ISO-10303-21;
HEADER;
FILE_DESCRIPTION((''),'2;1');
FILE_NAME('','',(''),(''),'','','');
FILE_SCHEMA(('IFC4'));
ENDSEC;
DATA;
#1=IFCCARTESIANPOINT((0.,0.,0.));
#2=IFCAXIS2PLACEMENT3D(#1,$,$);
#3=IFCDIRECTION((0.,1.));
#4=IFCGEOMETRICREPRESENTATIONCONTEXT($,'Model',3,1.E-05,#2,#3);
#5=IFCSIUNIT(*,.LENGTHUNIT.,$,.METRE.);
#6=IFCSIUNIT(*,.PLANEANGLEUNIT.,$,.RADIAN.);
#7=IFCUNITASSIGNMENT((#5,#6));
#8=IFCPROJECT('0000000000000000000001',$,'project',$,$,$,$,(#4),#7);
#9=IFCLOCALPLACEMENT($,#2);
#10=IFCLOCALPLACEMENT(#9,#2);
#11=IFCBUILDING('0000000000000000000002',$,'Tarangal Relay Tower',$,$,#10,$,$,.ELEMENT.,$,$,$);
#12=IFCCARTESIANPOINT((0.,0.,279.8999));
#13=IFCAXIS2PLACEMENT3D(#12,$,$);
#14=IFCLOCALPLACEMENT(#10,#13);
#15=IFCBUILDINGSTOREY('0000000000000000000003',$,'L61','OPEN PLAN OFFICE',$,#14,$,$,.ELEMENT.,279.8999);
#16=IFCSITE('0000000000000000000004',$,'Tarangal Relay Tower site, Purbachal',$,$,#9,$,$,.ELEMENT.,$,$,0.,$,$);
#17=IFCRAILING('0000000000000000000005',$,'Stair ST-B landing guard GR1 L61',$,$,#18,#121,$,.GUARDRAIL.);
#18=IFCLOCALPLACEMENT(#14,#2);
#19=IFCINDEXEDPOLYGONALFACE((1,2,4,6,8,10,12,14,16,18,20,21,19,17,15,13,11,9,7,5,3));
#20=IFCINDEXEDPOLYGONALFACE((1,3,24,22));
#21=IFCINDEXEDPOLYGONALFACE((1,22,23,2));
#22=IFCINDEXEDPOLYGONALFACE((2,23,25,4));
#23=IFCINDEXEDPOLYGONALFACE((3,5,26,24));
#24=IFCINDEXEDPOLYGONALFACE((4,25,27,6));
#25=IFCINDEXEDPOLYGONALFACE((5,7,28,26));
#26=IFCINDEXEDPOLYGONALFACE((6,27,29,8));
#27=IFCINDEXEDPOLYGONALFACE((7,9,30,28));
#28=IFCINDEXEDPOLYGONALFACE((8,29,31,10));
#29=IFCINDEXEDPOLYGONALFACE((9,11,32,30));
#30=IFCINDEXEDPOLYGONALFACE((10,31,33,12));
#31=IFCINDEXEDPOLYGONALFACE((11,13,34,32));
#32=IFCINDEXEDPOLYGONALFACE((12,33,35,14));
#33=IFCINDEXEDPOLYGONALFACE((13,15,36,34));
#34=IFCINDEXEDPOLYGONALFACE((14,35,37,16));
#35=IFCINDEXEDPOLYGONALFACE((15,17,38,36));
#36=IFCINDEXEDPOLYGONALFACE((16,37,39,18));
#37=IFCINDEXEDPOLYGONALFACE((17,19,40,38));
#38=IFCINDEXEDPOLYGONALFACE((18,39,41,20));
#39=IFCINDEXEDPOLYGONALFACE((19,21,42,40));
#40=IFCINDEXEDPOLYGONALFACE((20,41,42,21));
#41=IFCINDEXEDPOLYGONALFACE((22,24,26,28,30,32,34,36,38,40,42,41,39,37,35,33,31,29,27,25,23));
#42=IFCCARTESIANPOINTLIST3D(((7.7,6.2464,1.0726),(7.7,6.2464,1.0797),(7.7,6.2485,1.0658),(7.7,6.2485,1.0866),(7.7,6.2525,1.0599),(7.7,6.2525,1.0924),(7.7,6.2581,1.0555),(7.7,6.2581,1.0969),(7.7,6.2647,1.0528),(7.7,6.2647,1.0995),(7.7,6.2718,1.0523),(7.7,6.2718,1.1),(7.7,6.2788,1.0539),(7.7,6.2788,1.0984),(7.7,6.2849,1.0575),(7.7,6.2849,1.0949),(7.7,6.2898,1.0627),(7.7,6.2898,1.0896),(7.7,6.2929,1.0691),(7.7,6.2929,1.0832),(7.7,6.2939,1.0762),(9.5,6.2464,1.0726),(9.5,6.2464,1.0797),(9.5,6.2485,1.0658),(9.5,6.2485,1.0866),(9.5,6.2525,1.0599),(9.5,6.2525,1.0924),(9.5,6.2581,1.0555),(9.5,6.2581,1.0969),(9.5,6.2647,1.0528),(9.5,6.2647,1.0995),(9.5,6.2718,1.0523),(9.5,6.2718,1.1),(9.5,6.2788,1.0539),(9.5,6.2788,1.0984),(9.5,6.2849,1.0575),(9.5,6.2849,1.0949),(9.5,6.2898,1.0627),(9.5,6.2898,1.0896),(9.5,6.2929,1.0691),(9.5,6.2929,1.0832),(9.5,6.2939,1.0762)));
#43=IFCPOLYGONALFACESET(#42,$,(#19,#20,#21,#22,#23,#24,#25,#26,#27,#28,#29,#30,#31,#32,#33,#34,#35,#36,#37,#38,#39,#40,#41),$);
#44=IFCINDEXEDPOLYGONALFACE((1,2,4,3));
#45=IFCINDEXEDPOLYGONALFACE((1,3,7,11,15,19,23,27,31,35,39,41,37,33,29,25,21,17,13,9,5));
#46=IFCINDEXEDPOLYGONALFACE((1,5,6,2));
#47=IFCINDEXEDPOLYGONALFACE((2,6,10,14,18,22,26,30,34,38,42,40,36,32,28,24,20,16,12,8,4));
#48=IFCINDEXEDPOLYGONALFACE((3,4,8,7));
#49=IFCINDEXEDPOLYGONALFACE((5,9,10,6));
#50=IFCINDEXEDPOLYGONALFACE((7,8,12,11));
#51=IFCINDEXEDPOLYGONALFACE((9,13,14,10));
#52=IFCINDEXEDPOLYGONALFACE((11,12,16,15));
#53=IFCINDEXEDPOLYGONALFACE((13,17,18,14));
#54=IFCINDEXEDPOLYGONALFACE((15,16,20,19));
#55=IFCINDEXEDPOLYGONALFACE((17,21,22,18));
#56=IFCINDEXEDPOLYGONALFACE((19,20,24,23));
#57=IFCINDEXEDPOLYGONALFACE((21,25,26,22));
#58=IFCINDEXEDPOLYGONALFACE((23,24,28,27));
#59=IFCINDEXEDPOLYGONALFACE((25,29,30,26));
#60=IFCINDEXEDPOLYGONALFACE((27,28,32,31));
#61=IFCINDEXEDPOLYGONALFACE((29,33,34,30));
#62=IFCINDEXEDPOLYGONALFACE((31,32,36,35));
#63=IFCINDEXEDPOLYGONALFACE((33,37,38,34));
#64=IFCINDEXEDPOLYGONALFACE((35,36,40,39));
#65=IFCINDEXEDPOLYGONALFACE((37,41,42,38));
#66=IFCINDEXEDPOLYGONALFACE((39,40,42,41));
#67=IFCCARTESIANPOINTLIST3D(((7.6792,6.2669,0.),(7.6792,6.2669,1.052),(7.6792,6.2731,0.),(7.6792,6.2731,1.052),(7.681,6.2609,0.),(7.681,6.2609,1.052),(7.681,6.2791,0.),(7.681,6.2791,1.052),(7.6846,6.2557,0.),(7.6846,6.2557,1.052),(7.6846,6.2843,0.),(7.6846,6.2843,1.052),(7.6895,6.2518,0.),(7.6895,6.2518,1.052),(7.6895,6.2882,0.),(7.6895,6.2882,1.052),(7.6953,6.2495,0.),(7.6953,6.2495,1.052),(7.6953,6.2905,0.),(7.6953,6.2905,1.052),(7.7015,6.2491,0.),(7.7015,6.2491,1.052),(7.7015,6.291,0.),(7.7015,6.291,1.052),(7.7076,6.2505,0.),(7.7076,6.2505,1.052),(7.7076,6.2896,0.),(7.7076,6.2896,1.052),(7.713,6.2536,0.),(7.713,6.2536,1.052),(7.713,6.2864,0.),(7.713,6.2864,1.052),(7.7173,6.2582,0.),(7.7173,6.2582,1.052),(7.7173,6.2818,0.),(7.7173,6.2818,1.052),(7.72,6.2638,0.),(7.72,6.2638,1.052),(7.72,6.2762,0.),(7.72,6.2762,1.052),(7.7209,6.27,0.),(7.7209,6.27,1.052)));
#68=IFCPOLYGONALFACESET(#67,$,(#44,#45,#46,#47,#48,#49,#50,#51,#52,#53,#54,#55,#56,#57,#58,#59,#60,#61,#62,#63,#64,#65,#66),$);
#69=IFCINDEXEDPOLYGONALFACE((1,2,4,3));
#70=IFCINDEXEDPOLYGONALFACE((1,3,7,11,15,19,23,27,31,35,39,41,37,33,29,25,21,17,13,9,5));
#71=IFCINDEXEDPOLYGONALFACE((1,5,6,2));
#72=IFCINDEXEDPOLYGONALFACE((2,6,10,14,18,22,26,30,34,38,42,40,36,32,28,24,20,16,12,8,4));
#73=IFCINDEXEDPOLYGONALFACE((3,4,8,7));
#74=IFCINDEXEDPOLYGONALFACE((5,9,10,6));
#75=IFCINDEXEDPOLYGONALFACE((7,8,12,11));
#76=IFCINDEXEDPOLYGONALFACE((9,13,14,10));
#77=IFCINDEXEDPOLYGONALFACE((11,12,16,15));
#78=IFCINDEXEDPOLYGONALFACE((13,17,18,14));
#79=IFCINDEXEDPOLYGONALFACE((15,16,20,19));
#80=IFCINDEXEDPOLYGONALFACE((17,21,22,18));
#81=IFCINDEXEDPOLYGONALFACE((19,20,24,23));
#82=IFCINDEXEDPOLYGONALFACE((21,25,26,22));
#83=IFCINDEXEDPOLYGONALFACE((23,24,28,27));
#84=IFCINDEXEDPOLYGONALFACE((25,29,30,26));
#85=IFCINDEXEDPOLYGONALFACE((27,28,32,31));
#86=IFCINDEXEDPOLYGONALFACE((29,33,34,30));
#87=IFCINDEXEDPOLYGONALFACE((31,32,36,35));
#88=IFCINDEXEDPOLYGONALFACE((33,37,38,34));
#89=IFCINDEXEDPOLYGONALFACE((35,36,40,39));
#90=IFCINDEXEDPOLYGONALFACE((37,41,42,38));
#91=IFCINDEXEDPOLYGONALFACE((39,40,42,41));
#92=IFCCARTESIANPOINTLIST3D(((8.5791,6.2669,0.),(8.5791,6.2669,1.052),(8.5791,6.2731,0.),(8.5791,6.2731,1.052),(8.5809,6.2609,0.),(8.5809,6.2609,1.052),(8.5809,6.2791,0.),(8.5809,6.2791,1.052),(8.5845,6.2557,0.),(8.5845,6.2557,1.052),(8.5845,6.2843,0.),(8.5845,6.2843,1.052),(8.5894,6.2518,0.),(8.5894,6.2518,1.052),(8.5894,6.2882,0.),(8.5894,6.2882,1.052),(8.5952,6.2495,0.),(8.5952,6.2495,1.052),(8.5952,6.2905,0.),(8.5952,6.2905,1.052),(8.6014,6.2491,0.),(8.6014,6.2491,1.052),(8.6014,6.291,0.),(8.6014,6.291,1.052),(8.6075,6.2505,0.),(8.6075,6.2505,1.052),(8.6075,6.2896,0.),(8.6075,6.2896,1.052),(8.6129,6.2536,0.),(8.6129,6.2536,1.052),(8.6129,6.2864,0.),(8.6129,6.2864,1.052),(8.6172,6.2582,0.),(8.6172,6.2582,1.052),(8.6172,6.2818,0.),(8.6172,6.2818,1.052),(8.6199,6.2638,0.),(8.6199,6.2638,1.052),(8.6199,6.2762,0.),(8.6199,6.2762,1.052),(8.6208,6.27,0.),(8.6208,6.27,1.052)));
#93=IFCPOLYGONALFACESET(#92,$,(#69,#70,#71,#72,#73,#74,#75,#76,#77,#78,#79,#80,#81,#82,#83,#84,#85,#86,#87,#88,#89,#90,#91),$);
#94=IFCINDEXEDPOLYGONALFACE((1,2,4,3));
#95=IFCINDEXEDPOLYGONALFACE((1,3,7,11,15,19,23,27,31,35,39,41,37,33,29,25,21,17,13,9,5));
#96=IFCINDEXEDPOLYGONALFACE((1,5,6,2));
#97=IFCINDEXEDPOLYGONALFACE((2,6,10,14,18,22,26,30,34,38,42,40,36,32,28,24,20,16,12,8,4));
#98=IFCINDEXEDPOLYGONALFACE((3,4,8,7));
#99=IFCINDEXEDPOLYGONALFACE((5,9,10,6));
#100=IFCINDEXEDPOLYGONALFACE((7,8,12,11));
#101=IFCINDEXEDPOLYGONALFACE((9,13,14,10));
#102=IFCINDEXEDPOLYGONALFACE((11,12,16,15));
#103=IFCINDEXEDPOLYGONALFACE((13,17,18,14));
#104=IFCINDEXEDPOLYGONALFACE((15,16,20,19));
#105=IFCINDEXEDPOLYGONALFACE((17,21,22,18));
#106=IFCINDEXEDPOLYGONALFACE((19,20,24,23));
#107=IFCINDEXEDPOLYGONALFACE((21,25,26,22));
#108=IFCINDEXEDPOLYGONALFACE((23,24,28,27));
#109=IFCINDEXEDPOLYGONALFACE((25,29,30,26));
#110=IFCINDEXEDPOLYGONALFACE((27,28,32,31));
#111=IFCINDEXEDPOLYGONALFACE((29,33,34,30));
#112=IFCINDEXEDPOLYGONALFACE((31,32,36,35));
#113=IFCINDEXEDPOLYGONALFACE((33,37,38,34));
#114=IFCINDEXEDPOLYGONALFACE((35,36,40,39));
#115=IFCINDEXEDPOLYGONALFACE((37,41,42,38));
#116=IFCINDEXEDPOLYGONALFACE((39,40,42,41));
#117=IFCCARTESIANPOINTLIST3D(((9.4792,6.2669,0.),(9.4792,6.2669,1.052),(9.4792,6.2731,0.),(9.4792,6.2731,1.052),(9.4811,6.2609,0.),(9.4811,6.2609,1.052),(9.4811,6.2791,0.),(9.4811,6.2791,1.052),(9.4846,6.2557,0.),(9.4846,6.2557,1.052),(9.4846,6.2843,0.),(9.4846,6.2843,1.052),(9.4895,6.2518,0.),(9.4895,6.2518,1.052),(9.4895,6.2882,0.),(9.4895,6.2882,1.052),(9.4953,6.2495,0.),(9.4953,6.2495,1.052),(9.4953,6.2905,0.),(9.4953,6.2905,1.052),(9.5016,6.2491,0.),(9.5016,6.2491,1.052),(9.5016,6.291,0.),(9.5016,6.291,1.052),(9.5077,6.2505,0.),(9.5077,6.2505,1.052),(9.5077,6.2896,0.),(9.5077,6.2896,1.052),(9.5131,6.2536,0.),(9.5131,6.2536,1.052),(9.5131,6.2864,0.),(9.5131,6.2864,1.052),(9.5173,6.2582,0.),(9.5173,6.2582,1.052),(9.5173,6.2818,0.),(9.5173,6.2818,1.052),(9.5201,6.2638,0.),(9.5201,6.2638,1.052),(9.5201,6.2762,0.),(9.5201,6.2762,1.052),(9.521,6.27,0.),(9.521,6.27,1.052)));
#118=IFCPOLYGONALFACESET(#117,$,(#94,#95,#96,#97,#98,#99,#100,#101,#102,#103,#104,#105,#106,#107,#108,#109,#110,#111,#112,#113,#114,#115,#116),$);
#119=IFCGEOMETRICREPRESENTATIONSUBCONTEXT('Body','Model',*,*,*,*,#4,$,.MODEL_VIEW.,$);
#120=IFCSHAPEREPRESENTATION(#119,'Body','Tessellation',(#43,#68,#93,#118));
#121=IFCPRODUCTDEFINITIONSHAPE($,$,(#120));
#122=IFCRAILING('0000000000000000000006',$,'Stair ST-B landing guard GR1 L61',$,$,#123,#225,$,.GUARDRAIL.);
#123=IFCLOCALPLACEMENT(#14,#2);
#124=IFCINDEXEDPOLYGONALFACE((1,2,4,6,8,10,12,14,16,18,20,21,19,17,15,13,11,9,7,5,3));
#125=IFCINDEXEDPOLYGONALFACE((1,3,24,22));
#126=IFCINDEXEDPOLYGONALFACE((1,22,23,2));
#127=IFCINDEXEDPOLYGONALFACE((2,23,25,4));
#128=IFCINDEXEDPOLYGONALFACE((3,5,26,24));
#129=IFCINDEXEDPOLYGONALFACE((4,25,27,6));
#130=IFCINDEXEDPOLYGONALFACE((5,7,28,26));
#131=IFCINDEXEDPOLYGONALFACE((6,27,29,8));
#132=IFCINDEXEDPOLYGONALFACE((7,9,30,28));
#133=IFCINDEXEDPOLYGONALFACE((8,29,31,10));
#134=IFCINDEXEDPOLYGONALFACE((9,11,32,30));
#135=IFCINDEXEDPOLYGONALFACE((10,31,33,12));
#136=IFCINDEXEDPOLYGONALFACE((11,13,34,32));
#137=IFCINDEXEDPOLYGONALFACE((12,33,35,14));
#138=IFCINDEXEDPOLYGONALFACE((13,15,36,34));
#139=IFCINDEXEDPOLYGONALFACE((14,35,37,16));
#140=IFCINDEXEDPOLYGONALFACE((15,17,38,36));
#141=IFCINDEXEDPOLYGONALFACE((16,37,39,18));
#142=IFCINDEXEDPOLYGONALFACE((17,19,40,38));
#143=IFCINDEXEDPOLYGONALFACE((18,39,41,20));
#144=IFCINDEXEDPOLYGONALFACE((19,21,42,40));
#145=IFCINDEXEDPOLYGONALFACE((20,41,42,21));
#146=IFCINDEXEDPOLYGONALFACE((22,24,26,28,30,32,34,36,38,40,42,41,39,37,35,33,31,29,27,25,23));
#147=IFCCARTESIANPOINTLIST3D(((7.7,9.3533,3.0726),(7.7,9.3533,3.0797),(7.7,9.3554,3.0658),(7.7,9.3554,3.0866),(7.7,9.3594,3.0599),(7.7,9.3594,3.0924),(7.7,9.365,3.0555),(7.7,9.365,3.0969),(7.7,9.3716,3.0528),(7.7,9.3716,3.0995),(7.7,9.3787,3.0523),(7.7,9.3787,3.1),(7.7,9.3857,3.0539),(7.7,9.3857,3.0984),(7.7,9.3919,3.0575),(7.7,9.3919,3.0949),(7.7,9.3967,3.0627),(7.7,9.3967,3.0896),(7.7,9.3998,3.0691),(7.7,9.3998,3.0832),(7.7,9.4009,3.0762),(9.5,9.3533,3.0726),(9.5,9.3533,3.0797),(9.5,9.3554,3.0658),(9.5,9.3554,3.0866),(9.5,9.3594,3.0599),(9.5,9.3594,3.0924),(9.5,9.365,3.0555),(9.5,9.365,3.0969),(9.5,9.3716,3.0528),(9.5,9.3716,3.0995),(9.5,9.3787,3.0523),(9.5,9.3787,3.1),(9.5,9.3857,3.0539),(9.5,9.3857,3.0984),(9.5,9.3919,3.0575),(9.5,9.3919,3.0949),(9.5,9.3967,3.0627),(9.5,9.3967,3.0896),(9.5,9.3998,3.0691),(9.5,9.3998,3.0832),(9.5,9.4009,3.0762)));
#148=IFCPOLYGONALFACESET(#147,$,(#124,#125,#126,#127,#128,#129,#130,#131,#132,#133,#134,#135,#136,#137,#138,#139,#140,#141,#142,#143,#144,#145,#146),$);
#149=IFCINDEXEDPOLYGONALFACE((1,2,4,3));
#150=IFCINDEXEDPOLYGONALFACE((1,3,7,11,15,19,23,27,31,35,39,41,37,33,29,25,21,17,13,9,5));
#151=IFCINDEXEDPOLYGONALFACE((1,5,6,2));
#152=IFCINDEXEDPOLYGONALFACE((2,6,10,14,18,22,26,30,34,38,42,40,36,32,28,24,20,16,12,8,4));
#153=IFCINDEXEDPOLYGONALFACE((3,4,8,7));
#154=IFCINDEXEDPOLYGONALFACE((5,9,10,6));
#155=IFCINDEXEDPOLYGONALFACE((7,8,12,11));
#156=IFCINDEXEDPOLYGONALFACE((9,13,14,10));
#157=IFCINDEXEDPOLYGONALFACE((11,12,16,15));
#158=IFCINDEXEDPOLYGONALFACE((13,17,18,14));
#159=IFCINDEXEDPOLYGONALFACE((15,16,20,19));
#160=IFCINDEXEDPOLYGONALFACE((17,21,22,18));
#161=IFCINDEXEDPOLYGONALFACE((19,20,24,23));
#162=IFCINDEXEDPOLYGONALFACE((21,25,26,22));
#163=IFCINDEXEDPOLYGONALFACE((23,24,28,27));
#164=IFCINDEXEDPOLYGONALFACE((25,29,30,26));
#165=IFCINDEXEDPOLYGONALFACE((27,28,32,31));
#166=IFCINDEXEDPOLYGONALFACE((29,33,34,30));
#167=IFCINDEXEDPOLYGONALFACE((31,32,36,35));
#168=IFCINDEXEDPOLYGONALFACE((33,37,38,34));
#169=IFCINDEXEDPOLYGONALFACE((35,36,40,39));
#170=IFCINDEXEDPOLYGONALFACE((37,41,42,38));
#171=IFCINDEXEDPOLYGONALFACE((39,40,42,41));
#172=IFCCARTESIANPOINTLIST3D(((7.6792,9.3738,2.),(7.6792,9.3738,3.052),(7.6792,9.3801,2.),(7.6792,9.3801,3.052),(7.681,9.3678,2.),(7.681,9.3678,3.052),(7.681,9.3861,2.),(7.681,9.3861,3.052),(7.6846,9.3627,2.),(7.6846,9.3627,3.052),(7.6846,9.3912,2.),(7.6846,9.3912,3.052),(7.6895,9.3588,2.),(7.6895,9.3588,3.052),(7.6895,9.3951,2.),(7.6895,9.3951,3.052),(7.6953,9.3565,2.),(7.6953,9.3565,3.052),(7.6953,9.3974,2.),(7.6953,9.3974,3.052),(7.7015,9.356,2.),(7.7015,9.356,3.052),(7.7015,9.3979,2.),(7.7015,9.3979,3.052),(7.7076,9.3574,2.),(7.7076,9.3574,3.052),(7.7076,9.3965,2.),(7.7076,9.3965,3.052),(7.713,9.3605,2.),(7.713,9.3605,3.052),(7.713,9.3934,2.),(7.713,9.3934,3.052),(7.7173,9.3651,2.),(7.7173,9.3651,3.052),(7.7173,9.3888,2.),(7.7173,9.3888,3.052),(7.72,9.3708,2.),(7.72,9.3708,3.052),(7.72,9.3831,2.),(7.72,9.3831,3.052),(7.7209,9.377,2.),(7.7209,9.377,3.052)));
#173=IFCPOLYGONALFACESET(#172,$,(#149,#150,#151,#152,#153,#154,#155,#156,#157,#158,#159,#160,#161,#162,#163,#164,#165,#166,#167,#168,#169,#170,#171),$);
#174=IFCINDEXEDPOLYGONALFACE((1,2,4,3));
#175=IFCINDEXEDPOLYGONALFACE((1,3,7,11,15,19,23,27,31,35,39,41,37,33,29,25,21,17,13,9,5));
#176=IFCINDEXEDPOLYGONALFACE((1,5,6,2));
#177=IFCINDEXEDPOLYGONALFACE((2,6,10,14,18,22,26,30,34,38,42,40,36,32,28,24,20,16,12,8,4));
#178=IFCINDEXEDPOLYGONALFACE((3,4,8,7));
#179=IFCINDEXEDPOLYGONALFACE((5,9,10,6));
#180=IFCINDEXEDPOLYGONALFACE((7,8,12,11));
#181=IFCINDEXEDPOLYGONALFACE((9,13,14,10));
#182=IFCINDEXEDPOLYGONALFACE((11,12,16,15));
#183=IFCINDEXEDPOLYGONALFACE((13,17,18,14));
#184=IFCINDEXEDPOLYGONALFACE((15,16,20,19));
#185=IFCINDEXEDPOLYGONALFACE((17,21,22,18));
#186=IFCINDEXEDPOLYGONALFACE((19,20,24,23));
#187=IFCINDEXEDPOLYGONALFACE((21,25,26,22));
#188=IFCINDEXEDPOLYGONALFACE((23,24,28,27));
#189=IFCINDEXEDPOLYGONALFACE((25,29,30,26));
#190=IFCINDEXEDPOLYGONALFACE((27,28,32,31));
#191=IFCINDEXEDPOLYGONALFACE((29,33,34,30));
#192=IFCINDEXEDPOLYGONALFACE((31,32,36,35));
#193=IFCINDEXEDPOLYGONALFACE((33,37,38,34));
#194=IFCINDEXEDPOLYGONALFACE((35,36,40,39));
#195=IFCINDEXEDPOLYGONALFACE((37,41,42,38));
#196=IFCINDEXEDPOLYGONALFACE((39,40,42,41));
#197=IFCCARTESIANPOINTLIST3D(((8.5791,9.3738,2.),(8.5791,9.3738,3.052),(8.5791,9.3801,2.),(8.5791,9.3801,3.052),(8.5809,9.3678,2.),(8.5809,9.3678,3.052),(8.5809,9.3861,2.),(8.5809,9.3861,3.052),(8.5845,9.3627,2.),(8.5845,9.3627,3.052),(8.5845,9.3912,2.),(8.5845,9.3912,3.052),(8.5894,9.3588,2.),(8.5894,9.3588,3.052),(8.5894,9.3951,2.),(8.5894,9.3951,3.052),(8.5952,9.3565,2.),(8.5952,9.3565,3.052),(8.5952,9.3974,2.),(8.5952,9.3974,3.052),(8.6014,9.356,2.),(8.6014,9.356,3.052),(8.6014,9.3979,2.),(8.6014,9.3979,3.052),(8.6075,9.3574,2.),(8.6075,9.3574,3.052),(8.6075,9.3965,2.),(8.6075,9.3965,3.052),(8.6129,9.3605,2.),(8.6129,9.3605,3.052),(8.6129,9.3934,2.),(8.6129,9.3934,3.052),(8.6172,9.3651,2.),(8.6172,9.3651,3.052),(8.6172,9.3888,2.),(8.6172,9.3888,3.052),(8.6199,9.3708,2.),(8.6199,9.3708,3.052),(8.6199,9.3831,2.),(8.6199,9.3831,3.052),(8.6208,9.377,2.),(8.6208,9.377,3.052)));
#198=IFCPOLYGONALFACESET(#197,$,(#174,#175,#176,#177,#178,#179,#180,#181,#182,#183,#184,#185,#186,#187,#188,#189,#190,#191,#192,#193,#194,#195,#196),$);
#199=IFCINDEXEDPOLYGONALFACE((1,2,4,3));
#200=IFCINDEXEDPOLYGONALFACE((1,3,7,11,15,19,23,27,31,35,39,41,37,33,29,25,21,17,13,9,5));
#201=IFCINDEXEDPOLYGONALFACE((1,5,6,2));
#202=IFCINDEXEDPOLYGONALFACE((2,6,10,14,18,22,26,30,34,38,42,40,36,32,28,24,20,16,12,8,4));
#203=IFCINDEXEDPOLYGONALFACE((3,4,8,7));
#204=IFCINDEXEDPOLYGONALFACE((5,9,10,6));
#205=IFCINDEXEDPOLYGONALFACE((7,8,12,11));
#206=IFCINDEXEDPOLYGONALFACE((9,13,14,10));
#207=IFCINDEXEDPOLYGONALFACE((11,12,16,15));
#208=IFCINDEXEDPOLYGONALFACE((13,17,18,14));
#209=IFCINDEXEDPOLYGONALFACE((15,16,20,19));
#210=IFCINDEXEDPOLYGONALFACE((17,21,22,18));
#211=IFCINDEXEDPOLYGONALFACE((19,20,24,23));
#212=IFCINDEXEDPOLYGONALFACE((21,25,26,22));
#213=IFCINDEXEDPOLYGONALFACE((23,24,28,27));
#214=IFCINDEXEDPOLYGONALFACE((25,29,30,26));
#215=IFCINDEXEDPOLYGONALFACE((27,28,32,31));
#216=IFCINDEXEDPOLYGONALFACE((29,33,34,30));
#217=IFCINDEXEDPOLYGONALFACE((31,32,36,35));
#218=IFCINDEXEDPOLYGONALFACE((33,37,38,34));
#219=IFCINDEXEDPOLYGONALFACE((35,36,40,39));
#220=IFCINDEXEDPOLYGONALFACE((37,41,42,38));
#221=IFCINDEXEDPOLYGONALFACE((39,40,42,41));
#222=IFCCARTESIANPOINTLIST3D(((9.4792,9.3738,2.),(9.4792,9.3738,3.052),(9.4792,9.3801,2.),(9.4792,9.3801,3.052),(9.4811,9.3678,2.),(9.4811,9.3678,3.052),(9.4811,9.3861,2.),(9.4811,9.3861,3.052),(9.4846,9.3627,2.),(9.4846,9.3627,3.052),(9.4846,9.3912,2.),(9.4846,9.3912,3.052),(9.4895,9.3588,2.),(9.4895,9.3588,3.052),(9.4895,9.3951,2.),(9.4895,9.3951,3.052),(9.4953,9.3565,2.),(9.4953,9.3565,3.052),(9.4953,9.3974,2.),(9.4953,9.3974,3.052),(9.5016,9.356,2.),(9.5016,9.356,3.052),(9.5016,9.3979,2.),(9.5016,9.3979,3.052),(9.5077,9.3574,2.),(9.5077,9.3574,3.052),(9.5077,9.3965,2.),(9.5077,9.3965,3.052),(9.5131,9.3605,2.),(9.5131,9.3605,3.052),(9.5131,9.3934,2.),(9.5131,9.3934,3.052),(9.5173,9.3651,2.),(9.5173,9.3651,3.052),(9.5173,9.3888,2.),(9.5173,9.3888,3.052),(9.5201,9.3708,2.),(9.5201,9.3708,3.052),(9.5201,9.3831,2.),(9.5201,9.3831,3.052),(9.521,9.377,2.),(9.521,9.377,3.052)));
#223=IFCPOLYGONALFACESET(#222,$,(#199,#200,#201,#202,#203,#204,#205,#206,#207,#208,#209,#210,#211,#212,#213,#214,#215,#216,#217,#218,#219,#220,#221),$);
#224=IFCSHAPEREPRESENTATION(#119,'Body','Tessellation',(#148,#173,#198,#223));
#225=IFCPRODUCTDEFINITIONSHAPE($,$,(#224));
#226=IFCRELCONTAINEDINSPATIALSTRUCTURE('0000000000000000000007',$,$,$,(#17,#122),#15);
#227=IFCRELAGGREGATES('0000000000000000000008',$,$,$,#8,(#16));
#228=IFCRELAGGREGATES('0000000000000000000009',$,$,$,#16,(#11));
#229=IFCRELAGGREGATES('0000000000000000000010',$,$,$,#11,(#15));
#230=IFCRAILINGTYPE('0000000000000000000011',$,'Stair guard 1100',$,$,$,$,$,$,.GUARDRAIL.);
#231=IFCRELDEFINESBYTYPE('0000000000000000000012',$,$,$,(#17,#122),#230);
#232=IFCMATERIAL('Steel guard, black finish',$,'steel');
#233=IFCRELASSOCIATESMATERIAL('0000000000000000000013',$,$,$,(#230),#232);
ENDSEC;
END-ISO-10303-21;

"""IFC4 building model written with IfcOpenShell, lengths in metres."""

from ifc_helpers import new_model, si_unit, direction, frame, origin, origin_2d, place, context, subcontext, project, spatial, circle, extrude, material, type_object, element, save


model = new_model("IFC4")

# Units and contexts
model_context = context("Model", 3, precision=1e-05, world=origin(), true_north=direction((0.0, 1.0)))
body_context = subcontext(model_context, "Body", "Model", "MODEL_VIEW")
ifc_project = project(units=[si_unit("LENGTHUNIT", "METRE"), si_unit("PLANEANGLEUNIT", "RADIAN")], contexts=[model_context])

# Site, building, storey
site_placement = place(None, origin())
site = spatial("IfcSite", under=ifc_project, at=site_placement, Name="Tarangal Relay Tower site, Purbachal", CompositionType="ELEMENT", RefElevation=0.0)
building_placement = place(site_placement, origin())
building = spatial("IfcBuilding", under=site, at=building_placement, Name="Tarangal Relay Tower", CompositionType="ELEMENT")
storey_placement = place(building_placement, frame((0.0, 0.0, 279.8999)))
storey = spatial("IfcBuildingStorey", under=building, at=storey_placement, Name="L61", Description="OPEN PLAN OFFICE", CompositionType="ELEMENT", Elevation=279.8999)

# Railings
ifc_material_1 = material(Name="Steel guard, black finish", Category="steel")
railing_type_1 = type_object("IfcRailingType", Name="Stair guard 1100", PredefinedType="GUARDRAIL", material=ifc_material_1)
for number, where, name in (
    (1, (7.7, 6.27, 0.0), "Stair ST-B landing guard GR1 L61"),
    (2, (7.7, 9.377, 2.0), "Stair ST-B landing guard GR1 L61"),
):
    element("IfcRailing", number, at=place(storey_placement, frame(where)), inside=storey, type_object=railing_type_1, Name=name, PredefinedType="GUARDRAIL", context=body_context, shape_type="SweptSolid", body=[
        extrude(circle(Radius=0.0239, at=origin_2d()), frame((0.0, 0.0, 1.0762), z_axis=(1.0, 0.0, 0.0), x_axis=(0.0, 1.0, 0.0)), (0.0, 0.0, 1.0), 1.8),
        extrude(circle(Radius=0.021, at=origin_2d()), origin(), (0.0, 0.0, 1.0), 1.052),
        extrude(circle(Radius=0.021, at=origin_2d()), frame((0.8999, 0.0, 0.0)), (0.0, 0.0, 1.0), 1.052),
        extrude(circle(Radius=0.021, at=origin_2d()), frame((1.8, 0.0, 0.0)), (0.0, 0.0, 1.0), 1.052),
    ])

save(model, "model.ifc")
